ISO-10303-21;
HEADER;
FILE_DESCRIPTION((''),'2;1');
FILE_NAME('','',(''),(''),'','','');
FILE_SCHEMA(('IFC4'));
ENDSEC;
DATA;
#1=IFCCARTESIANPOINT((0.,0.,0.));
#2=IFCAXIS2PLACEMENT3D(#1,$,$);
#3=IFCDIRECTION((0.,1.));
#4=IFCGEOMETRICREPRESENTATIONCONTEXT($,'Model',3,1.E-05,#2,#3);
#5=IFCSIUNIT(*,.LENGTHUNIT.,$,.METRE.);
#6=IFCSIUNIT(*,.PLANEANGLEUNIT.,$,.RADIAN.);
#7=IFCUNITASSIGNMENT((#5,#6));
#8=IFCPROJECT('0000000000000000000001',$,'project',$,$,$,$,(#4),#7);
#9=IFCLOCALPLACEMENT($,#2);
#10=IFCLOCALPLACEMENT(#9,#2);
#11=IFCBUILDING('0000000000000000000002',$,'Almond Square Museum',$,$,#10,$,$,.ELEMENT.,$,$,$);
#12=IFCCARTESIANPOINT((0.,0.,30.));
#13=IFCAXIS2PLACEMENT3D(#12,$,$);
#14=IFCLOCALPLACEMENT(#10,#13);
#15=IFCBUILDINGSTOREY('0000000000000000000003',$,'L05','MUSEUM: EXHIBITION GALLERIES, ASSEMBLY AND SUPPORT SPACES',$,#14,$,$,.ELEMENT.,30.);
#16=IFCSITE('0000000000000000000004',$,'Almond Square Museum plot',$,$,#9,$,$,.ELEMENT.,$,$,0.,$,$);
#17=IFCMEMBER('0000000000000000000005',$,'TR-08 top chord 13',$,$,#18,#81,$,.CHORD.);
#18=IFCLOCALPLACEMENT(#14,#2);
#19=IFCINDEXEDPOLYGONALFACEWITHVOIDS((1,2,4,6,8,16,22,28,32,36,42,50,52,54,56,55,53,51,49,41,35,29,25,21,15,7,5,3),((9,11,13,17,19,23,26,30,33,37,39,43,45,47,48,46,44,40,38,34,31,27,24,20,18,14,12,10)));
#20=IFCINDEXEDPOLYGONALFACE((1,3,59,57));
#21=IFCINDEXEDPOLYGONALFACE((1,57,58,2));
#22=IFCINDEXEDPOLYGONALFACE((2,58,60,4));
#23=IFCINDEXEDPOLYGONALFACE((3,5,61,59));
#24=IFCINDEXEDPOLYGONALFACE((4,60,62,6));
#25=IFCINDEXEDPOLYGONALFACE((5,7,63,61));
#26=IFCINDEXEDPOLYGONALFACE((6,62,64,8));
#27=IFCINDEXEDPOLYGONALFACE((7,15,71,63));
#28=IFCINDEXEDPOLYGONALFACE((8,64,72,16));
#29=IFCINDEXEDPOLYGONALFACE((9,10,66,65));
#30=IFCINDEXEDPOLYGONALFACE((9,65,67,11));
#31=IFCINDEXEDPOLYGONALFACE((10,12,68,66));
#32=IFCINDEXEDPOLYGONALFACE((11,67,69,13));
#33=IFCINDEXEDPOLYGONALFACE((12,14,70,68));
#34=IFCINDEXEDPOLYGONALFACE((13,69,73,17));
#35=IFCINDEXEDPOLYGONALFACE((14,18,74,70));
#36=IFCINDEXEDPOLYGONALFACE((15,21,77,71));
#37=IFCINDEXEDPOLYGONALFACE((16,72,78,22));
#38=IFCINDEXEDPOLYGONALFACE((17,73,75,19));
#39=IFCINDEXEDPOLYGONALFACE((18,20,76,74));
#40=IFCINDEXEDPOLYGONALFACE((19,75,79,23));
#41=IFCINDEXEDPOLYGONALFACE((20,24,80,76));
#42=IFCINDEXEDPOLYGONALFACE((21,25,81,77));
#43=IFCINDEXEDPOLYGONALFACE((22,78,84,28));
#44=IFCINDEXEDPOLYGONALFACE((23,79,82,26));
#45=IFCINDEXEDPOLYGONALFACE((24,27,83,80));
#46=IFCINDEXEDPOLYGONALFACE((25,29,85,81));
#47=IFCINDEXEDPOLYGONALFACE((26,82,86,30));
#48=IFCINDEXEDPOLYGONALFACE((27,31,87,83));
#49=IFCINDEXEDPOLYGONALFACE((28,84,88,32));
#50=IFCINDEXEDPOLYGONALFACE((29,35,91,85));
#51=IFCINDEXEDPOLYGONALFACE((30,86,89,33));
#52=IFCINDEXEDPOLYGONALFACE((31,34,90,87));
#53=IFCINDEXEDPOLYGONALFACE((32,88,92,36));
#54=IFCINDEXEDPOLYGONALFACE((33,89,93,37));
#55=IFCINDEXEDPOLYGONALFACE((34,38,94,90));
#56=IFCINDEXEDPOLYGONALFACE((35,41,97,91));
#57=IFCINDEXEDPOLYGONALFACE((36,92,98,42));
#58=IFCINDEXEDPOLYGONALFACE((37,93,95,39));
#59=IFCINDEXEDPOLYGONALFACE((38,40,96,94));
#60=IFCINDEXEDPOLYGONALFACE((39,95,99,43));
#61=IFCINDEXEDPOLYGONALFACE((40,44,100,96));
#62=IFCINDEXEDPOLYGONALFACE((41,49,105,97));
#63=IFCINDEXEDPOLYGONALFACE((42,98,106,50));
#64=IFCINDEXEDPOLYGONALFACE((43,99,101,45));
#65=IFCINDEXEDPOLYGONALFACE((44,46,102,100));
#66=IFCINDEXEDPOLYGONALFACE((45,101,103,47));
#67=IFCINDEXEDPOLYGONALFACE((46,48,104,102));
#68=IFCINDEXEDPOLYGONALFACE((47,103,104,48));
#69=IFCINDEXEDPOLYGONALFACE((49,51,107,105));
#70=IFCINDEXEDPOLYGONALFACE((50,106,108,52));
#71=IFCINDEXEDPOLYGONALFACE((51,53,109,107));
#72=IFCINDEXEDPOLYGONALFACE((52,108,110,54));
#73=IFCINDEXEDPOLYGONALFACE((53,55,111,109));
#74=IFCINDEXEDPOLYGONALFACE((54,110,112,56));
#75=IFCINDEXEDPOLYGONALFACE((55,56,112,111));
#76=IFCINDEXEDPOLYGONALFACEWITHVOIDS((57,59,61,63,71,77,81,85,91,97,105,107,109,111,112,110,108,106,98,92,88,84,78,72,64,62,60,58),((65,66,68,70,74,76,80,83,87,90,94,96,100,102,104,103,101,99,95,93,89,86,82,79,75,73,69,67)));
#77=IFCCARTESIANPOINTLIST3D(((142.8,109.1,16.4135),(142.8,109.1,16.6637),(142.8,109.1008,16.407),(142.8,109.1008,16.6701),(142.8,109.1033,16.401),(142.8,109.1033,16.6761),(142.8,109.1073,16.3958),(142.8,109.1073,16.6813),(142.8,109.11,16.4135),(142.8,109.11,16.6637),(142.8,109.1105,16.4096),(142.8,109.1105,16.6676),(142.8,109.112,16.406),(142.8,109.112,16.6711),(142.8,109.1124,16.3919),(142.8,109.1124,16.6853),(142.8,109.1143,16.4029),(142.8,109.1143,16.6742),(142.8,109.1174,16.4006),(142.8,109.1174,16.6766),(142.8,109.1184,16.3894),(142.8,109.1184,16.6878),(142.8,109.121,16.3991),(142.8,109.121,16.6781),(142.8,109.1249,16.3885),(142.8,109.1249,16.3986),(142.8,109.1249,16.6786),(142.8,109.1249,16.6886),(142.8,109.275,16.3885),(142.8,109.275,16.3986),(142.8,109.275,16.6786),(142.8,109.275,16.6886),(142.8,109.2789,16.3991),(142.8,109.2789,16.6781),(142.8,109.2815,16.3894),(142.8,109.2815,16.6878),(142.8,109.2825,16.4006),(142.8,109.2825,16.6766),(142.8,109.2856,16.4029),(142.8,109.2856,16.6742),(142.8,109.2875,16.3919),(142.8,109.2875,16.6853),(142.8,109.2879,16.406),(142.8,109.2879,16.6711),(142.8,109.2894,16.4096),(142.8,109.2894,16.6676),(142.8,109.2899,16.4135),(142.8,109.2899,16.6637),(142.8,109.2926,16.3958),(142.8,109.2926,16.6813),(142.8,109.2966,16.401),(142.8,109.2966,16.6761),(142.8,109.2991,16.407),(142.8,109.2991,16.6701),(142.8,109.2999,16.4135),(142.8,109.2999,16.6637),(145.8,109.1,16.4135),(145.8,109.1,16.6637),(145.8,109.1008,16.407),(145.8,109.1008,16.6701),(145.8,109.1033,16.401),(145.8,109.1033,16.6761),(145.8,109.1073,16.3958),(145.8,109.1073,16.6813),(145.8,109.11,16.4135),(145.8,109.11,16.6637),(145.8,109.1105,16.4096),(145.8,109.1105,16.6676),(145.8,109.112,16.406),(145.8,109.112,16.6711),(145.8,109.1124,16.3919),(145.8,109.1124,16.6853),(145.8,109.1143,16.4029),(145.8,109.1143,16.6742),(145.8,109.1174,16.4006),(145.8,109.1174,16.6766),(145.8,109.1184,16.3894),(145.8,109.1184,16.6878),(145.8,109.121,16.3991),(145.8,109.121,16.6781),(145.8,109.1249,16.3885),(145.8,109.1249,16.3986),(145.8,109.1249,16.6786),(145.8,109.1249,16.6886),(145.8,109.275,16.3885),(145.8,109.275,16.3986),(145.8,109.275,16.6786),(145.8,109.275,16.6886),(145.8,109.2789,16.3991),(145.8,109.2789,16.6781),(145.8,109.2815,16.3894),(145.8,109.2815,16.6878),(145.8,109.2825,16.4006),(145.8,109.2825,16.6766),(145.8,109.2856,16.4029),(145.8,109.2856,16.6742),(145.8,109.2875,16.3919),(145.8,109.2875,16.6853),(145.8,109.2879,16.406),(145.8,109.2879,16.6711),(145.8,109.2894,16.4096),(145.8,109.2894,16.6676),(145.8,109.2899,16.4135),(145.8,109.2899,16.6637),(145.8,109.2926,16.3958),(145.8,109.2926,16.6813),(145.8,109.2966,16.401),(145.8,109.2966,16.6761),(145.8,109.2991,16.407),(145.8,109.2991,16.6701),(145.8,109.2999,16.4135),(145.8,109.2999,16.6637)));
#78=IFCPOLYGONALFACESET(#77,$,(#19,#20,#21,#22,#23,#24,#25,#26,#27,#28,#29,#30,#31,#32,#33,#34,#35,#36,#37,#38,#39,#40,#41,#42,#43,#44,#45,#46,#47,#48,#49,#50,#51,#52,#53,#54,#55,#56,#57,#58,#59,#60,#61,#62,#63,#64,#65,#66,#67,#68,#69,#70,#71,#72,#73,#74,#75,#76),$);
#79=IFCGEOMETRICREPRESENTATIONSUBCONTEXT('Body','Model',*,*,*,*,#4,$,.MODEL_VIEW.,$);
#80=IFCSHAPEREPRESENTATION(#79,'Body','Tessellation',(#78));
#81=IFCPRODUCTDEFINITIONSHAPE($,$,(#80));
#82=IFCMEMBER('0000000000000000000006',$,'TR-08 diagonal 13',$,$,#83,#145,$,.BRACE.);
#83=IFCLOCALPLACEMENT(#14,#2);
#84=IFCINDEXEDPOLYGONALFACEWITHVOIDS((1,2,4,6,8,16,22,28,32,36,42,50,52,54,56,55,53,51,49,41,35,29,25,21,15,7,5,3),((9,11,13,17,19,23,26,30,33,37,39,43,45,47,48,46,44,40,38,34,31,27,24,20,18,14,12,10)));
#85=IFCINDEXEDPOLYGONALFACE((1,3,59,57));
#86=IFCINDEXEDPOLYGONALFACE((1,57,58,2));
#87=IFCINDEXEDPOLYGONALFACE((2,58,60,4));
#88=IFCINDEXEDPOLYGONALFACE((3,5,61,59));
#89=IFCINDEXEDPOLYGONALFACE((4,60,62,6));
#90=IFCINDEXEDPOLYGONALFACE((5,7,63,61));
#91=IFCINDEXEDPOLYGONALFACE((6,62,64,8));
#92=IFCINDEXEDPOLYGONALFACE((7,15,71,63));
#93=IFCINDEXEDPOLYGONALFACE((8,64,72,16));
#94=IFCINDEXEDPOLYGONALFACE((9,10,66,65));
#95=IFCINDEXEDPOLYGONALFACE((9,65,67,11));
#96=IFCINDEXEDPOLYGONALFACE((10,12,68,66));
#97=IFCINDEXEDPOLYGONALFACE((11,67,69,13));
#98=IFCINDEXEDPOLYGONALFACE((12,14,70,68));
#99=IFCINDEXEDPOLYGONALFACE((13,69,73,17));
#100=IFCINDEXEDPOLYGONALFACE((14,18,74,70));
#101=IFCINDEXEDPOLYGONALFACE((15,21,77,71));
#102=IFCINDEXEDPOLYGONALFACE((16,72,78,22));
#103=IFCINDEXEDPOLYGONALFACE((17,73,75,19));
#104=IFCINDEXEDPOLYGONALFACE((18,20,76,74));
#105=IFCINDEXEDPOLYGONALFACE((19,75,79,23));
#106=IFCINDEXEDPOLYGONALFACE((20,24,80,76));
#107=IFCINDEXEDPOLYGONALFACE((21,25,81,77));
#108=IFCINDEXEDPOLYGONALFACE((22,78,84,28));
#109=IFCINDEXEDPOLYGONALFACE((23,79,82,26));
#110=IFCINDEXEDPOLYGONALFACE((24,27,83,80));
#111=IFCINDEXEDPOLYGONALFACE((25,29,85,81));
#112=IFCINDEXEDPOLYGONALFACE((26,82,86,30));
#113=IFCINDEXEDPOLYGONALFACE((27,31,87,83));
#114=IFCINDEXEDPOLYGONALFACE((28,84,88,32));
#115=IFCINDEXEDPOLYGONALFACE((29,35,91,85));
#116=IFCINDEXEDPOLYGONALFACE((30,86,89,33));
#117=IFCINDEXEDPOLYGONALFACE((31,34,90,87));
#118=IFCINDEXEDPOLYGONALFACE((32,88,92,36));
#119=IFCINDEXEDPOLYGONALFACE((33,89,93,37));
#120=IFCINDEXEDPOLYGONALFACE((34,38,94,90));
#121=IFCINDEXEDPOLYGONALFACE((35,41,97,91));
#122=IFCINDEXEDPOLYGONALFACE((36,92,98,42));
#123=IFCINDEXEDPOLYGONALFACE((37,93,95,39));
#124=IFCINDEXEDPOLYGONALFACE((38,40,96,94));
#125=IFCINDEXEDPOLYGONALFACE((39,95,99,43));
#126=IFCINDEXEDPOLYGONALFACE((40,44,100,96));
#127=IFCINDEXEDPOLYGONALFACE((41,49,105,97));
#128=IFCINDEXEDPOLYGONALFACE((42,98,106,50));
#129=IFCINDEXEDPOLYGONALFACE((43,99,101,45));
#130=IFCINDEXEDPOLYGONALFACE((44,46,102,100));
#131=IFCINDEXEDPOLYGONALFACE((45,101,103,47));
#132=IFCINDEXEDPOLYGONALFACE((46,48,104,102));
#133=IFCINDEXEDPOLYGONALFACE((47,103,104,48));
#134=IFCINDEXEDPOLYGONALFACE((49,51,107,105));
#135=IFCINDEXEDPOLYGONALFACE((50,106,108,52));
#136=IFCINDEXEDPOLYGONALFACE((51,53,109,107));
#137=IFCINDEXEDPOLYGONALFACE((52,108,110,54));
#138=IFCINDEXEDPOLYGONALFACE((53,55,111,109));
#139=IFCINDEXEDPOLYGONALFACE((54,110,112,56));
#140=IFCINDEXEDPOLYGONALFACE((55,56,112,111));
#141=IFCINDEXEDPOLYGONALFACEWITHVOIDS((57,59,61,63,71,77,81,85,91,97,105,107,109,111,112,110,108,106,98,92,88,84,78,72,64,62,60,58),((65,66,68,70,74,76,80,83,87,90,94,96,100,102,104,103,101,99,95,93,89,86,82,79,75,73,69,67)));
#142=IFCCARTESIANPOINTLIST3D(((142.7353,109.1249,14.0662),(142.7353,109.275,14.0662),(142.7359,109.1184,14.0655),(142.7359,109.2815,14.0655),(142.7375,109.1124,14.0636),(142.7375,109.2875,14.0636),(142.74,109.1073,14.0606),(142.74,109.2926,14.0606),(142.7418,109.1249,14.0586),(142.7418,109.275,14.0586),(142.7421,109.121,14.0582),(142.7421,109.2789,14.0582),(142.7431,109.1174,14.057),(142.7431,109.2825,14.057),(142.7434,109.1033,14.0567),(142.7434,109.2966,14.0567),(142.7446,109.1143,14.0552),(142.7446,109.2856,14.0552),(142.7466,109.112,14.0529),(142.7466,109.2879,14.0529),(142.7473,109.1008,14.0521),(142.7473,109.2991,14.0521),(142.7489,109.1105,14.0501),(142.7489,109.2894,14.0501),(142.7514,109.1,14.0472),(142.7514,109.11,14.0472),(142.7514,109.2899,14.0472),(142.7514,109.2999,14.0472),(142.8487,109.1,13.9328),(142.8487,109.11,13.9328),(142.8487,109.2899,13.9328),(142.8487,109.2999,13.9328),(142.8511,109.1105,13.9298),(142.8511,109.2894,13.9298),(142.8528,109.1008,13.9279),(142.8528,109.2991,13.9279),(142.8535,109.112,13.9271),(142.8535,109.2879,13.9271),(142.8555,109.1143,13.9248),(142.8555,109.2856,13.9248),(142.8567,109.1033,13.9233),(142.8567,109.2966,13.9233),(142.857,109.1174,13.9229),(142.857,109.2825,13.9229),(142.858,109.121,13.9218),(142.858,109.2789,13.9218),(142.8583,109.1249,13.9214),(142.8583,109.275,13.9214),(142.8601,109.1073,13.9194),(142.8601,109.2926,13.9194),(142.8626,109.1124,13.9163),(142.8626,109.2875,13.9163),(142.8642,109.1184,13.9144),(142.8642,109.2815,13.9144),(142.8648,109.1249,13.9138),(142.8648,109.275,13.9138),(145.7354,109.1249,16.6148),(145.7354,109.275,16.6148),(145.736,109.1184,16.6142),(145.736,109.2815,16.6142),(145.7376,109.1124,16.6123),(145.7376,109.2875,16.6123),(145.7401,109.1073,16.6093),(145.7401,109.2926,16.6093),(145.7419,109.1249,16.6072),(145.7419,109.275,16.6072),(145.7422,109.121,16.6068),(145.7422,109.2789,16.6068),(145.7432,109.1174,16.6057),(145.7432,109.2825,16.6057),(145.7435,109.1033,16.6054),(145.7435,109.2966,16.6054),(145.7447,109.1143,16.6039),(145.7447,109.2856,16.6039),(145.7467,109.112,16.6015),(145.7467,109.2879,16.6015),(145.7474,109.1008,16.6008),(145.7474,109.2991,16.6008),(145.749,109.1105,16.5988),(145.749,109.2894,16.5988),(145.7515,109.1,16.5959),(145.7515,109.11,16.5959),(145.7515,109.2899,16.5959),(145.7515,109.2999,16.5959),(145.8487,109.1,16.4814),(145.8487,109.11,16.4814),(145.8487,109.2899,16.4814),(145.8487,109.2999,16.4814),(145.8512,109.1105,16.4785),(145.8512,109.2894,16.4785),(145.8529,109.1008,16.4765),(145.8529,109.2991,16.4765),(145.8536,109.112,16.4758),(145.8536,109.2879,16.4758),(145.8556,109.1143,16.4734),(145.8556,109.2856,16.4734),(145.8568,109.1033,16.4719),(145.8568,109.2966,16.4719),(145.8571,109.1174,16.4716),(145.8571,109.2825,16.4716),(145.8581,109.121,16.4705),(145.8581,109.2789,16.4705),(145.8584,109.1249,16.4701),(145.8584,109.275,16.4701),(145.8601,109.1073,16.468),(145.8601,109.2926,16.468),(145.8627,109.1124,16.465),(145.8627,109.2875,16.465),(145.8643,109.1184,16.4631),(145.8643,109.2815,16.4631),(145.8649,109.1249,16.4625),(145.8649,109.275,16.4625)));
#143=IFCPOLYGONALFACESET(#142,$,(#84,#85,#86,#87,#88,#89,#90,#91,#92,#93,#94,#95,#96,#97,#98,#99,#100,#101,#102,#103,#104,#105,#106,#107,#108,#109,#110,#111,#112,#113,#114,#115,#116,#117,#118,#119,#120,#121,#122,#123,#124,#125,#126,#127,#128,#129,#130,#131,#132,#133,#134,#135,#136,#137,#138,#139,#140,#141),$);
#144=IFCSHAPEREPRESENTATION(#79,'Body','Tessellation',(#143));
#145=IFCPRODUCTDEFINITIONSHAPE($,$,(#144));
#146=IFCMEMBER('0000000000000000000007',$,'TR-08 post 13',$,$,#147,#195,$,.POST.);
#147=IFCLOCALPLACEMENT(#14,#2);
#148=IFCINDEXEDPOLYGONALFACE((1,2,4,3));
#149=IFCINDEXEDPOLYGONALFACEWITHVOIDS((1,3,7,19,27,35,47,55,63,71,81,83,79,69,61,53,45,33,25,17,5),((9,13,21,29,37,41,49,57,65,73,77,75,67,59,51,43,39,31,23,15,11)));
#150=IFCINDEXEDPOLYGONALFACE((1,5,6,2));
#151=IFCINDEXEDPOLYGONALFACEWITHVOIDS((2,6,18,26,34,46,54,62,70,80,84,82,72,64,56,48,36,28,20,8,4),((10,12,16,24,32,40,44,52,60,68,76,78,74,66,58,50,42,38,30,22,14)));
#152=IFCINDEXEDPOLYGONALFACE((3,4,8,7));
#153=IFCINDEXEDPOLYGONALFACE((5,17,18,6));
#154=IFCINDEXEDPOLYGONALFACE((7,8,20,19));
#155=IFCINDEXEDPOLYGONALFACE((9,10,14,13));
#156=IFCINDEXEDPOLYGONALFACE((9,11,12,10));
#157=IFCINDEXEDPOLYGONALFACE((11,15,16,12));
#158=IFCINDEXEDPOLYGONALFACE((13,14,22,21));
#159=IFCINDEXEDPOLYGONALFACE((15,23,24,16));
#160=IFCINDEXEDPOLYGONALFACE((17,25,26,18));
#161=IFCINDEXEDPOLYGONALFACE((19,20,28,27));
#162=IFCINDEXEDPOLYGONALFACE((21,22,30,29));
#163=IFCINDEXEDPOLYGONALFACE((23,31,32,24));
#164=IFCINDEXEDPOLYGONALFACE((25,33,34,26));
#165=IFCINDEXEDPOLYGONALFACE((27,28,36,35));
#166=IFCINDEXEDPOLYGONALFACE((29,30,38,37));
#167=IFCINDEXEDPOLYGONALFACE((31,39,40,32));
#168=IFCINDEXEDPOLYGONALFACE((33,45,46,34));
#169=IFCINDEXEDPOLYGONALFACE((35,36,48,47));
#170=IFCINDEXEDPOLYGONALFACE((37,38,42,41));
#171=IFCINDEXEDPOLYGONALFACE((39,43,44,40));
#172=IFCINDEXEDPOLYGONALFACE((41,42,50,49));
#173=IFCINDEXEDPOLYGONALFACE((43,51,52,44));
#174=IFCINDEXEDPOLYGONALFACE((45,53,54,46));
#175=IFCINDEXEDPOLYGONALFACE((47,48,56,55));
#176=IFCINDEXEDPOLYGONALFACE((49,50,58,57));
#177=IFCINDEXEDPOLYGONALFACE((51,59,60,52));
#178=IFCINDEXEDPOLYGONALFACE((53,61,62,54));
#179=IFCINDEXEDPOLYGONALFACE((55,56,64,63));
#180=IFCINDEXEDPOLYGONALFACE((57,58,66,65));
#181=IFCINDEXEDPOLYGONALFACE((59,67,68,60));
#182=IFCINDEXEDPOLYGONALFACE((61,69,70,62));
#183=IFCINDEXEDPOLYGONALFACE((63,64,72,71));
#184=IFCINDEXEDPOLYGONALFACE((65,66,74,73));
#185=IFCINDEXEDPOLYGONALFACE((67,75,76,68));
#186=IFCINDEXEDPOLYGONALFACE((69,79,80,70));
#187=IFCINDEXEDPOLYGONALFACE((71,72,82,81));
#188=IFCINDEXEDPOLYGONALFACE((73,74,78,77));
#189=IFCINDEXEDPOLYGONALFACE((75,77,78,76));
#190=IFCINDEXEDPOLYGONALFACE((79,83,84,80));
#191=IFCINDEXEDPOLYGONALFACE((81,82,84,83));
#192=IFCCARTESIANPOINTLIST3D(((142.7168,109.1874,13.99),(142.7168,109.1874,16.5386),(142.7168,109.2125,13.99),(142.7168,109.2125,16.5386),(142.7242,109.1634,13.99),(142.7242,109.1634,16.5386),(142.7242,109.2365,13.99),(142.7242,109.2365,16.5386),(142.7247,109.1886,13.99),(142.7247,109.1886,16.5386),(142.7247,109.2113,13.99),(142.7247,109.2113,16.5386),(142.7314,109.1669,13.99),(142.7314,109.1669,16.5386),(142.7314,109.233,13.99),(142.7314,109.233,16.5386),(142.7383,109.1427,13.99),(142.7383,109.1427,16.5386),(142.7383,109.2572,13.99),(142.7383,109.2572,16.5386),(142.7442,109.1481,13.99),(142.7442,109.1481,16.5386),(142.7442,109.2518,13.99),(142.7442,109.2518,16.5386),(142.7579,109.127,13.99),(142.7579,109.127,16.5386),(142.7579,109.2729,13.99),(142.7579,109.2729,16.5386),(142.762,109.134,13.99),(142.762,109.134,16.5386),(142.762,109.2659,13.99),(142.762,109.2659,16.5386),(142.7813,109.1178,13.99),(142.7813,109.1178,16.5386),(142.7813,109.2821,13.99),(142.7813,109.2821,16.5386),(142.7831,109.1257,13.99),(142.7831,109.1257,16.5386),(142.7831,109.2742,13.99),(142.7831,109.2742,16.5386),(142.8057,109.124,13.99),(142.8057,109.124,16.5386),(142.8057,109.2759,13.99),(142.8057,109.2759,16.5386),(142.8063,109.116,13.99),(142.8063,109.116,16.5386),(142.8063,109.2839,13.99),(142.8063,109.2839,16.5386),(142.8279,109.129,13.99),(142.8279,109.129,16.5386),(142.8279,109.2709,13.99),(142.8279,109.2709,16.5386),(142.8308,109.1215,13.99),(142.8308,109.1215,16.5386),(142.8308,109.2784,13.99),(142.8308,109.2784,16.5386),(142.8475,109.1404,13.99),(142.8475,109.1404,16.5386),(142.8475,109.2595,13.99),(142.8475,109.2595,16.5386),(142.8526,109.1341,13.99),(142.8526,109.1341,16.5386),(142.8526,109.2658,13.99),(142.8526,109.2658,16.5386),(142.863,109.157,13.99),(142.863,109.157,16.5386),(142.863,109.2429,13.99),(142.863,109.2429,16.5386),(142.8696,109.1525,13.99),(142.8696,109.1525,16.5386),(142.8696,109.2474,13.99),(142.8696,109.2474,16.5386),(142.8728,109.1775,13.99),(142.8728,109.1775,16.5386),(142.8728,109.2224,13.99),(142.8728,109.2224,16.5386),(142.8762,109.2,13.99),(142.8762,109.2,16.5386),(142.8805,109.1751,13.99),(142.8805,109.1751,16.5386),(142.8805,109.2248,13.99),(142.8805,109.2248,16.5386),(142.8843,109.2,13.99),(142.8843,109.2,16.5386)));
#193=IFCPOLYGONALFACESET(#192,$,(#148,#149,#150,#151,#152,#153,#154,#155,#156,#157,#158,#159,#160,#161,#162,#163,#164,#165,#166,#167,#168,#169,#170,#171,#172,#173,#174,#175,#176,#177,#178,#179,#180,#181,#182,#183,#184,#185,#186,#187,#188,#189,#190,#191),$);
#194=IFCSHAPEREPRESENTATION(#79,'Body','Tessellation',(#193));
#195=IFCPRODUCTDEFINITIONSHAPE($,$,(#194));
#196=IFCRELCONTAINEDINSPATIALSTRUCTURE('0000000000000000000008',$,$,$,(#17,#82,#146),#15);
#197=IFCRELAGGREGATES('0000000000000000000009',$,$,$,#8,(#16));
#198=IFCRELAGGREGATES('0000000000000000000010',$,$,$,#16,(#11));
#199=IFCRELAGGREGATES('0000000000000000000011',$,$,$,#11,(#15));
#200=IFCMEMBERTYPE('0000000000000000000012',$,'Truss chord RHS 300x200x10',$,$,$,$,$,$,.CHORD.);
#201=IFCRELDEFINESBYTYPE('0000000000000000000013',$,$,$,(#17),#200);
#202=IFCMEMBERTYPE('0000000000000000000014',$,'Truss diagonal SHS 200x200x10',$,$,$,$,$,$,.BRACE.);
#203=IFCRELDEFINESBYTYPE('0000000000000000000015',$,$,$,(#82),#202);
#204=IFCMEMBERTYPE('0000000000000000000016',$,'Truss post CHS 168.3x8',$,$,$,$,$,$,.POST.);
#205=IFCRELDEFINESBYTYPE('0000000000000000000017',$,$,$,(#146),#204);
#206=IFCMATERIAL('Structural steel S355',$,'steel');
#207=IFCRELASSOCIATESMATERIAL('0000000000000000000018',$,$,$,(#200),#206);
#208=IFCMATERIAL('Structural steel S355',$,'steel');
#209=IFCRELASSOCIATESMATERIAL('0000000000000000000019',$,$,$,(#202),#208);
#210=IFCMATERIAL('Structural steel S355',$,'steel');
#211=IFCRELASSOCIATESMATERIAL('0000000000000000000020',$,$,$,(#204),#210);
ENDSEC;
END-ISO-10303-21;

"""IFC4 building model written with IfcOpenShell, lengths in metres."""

from ifc_helpers import new_model, si_unit, direction, frame, origin, origin_2d, place, context, subcontext, project, spatial, hollow_rectangle, hollow_circle, extrude, material, material_profile, profile_set, type_object, element, save


model = new_model("IFC4")

# Units and contexts
model_context = context("Model", 3, precision=1e-05, world=origin(), true_north=direction((0.0, 1.0)))
body_context = subcontext(model_context, "Body", "Model", "MODEL_VIEW")
ifc_project = project(units=[si_unit("LENGTHUNIT", "METRE"), si_unit("PLANEANGLEUNIT", "RADIAN")], contexts=[model_context])

# Site, building, storey
site_placement = place(None, origin())
site = spatial("IfcSite", under=ifc_project, at=site_placement, Name="Almond Square Museum plot", CompositionType="ELEMENT", RefElevation=0.0)
building_placement = place(site_placement, origin())
building = spatial("IfcBuilding", under=site, at=building_placement, Name="Almond Square Museum", CompositionType="ELEMENT")
storey_placement = place(building_placement, frame((0.0, 0.0, 30.0)))
storey = spatial("IfcBuildingStorey", under=building, at=storey_placement, Name="L05", Description="MUSEUM: EXHIBITION GALLERIES, ASSEMBLY AND SUPPORT SPACES", CompositionType="ELEMENT", Elevation=30.0)

# Members
ifc_material_1 = material(Name="Structural steel S355", Category="steel")
ifc_material_profile_1 = material_profile(ifc_material_1, hollow_rectangle(XDim=0.2, YDim=0.3, WallThickness=0.01, InnerFilletRadius=0.0149, OuterFilletRadius=0.0249, at=origin_2d()))
ifc_profile_set_1 = profile_set([ifc_material_profile_1], Name="Structural steel S355")
member_type_1 = type_object("IfcMemberType", Name="Truss chord RHS 300x200x10", PredefinedType="CHORD", material=ifc_profile_set_1)
member_1_placement = place(storey_placement, frame((142.8, 109.2, 16.5386), z_axis=(1.0, 0.0, 0.0), x_axis=(0.0, 1.0, 0.0)))
element("IfcMember", 1, at=member_1_placement, inside=storey, type_object=member_type_1, Name="TR-08 top chord 13", PredefinedType="CHORD", context=body_context, shape_type="SweptSolid", body=[
    extrude(hollow_rectangle(XDim=0.2, YDim=0.3, WallThickness=0.01, InnerFilletRadius=0.0149, OuterFilletRadius=0.0249, at=origin_2d()), origin(), (0.0, 0.0, 1.0), 3.0),
])
ifc_material_2 = material(Name="Structural steel S355", Category="steel")
ifc_material_profile_2 = material_profile(ifc_material_2, hollow_rectangle(XDim=0.2, YDim=0.2, WallThickness=0.01, InnerFilletRadius=0.0149, OuterFilletRadius=0.0249, at=origin_2d()))
ifc_profile_set_2 = profile_set([ifc_material_profile_2], Name="Structural steel S355")
member_type_2 = type_object("IfcMemberType", Name="Truss diagonal SHS 200x200x10", PredefinedType="BRACE", material=ifc_profile_set_2)
member_2_placement = place(storey_placement, frame((142.8, 109.2, 13.99), z_axis=(0.762117, 0.0, 0.64744), x_axis=(0.0, 1.0, 0.0)))
element("IfcMember", 2, at=member_2_placement, inside=storey, type_object=member_type_2, Name="TR-08 diagonal 13", PredefinedType="BRACE", context=body_context, shape_type="SweptSolid", body=[
    extrude(hollow_rectangle(XDim=0.2, YDim=0.2, WallThickness=0.01, InnerFilletRadius=0.0149, OuterFilletRadius=0.0249, at=origin_2d()), origin(), (0.0, 0.0, 1.0), 3.9365),
])
ifc_material_3 = material(Name="Structural steel S355", Category="steel")
ifc_material_profile_3 = material_profile(ifc_material_3, hollow_circle(Radius=0.0842, WallThickness=0.0081, at=origin_2d()))
ifc_profile_set_3 = profile_set([ifc_material_profile_3], Name="Structural steel S355")
member_type_3 = type_object("IfcMemberType", Name="Truss post CHS 168.3x8", PredefinedType="POST", material=ifc_profile_set_3)
member_3_placement = place(storey_placement, frame((142.8, 109.2, 13.99), z_axis=(0.0, 0.0, 1.0), x_axis=(1.0, 0.0, 0.0)))
element("IfcMember", 3, at=member_3_placement, inside=storey, type_object=member_type_3, Name="TR-08 post 13", PredefinedType="POST", context=body_context, shape_type="SweptSolid", body=[
    extrude(hollow_circle(Radius=0.0842, WallThickness=0.0081, at=origin_2d()), origin(), (0.0, 0.0, 1.0), 2.5486),
])

save(model, "model.ifc")
